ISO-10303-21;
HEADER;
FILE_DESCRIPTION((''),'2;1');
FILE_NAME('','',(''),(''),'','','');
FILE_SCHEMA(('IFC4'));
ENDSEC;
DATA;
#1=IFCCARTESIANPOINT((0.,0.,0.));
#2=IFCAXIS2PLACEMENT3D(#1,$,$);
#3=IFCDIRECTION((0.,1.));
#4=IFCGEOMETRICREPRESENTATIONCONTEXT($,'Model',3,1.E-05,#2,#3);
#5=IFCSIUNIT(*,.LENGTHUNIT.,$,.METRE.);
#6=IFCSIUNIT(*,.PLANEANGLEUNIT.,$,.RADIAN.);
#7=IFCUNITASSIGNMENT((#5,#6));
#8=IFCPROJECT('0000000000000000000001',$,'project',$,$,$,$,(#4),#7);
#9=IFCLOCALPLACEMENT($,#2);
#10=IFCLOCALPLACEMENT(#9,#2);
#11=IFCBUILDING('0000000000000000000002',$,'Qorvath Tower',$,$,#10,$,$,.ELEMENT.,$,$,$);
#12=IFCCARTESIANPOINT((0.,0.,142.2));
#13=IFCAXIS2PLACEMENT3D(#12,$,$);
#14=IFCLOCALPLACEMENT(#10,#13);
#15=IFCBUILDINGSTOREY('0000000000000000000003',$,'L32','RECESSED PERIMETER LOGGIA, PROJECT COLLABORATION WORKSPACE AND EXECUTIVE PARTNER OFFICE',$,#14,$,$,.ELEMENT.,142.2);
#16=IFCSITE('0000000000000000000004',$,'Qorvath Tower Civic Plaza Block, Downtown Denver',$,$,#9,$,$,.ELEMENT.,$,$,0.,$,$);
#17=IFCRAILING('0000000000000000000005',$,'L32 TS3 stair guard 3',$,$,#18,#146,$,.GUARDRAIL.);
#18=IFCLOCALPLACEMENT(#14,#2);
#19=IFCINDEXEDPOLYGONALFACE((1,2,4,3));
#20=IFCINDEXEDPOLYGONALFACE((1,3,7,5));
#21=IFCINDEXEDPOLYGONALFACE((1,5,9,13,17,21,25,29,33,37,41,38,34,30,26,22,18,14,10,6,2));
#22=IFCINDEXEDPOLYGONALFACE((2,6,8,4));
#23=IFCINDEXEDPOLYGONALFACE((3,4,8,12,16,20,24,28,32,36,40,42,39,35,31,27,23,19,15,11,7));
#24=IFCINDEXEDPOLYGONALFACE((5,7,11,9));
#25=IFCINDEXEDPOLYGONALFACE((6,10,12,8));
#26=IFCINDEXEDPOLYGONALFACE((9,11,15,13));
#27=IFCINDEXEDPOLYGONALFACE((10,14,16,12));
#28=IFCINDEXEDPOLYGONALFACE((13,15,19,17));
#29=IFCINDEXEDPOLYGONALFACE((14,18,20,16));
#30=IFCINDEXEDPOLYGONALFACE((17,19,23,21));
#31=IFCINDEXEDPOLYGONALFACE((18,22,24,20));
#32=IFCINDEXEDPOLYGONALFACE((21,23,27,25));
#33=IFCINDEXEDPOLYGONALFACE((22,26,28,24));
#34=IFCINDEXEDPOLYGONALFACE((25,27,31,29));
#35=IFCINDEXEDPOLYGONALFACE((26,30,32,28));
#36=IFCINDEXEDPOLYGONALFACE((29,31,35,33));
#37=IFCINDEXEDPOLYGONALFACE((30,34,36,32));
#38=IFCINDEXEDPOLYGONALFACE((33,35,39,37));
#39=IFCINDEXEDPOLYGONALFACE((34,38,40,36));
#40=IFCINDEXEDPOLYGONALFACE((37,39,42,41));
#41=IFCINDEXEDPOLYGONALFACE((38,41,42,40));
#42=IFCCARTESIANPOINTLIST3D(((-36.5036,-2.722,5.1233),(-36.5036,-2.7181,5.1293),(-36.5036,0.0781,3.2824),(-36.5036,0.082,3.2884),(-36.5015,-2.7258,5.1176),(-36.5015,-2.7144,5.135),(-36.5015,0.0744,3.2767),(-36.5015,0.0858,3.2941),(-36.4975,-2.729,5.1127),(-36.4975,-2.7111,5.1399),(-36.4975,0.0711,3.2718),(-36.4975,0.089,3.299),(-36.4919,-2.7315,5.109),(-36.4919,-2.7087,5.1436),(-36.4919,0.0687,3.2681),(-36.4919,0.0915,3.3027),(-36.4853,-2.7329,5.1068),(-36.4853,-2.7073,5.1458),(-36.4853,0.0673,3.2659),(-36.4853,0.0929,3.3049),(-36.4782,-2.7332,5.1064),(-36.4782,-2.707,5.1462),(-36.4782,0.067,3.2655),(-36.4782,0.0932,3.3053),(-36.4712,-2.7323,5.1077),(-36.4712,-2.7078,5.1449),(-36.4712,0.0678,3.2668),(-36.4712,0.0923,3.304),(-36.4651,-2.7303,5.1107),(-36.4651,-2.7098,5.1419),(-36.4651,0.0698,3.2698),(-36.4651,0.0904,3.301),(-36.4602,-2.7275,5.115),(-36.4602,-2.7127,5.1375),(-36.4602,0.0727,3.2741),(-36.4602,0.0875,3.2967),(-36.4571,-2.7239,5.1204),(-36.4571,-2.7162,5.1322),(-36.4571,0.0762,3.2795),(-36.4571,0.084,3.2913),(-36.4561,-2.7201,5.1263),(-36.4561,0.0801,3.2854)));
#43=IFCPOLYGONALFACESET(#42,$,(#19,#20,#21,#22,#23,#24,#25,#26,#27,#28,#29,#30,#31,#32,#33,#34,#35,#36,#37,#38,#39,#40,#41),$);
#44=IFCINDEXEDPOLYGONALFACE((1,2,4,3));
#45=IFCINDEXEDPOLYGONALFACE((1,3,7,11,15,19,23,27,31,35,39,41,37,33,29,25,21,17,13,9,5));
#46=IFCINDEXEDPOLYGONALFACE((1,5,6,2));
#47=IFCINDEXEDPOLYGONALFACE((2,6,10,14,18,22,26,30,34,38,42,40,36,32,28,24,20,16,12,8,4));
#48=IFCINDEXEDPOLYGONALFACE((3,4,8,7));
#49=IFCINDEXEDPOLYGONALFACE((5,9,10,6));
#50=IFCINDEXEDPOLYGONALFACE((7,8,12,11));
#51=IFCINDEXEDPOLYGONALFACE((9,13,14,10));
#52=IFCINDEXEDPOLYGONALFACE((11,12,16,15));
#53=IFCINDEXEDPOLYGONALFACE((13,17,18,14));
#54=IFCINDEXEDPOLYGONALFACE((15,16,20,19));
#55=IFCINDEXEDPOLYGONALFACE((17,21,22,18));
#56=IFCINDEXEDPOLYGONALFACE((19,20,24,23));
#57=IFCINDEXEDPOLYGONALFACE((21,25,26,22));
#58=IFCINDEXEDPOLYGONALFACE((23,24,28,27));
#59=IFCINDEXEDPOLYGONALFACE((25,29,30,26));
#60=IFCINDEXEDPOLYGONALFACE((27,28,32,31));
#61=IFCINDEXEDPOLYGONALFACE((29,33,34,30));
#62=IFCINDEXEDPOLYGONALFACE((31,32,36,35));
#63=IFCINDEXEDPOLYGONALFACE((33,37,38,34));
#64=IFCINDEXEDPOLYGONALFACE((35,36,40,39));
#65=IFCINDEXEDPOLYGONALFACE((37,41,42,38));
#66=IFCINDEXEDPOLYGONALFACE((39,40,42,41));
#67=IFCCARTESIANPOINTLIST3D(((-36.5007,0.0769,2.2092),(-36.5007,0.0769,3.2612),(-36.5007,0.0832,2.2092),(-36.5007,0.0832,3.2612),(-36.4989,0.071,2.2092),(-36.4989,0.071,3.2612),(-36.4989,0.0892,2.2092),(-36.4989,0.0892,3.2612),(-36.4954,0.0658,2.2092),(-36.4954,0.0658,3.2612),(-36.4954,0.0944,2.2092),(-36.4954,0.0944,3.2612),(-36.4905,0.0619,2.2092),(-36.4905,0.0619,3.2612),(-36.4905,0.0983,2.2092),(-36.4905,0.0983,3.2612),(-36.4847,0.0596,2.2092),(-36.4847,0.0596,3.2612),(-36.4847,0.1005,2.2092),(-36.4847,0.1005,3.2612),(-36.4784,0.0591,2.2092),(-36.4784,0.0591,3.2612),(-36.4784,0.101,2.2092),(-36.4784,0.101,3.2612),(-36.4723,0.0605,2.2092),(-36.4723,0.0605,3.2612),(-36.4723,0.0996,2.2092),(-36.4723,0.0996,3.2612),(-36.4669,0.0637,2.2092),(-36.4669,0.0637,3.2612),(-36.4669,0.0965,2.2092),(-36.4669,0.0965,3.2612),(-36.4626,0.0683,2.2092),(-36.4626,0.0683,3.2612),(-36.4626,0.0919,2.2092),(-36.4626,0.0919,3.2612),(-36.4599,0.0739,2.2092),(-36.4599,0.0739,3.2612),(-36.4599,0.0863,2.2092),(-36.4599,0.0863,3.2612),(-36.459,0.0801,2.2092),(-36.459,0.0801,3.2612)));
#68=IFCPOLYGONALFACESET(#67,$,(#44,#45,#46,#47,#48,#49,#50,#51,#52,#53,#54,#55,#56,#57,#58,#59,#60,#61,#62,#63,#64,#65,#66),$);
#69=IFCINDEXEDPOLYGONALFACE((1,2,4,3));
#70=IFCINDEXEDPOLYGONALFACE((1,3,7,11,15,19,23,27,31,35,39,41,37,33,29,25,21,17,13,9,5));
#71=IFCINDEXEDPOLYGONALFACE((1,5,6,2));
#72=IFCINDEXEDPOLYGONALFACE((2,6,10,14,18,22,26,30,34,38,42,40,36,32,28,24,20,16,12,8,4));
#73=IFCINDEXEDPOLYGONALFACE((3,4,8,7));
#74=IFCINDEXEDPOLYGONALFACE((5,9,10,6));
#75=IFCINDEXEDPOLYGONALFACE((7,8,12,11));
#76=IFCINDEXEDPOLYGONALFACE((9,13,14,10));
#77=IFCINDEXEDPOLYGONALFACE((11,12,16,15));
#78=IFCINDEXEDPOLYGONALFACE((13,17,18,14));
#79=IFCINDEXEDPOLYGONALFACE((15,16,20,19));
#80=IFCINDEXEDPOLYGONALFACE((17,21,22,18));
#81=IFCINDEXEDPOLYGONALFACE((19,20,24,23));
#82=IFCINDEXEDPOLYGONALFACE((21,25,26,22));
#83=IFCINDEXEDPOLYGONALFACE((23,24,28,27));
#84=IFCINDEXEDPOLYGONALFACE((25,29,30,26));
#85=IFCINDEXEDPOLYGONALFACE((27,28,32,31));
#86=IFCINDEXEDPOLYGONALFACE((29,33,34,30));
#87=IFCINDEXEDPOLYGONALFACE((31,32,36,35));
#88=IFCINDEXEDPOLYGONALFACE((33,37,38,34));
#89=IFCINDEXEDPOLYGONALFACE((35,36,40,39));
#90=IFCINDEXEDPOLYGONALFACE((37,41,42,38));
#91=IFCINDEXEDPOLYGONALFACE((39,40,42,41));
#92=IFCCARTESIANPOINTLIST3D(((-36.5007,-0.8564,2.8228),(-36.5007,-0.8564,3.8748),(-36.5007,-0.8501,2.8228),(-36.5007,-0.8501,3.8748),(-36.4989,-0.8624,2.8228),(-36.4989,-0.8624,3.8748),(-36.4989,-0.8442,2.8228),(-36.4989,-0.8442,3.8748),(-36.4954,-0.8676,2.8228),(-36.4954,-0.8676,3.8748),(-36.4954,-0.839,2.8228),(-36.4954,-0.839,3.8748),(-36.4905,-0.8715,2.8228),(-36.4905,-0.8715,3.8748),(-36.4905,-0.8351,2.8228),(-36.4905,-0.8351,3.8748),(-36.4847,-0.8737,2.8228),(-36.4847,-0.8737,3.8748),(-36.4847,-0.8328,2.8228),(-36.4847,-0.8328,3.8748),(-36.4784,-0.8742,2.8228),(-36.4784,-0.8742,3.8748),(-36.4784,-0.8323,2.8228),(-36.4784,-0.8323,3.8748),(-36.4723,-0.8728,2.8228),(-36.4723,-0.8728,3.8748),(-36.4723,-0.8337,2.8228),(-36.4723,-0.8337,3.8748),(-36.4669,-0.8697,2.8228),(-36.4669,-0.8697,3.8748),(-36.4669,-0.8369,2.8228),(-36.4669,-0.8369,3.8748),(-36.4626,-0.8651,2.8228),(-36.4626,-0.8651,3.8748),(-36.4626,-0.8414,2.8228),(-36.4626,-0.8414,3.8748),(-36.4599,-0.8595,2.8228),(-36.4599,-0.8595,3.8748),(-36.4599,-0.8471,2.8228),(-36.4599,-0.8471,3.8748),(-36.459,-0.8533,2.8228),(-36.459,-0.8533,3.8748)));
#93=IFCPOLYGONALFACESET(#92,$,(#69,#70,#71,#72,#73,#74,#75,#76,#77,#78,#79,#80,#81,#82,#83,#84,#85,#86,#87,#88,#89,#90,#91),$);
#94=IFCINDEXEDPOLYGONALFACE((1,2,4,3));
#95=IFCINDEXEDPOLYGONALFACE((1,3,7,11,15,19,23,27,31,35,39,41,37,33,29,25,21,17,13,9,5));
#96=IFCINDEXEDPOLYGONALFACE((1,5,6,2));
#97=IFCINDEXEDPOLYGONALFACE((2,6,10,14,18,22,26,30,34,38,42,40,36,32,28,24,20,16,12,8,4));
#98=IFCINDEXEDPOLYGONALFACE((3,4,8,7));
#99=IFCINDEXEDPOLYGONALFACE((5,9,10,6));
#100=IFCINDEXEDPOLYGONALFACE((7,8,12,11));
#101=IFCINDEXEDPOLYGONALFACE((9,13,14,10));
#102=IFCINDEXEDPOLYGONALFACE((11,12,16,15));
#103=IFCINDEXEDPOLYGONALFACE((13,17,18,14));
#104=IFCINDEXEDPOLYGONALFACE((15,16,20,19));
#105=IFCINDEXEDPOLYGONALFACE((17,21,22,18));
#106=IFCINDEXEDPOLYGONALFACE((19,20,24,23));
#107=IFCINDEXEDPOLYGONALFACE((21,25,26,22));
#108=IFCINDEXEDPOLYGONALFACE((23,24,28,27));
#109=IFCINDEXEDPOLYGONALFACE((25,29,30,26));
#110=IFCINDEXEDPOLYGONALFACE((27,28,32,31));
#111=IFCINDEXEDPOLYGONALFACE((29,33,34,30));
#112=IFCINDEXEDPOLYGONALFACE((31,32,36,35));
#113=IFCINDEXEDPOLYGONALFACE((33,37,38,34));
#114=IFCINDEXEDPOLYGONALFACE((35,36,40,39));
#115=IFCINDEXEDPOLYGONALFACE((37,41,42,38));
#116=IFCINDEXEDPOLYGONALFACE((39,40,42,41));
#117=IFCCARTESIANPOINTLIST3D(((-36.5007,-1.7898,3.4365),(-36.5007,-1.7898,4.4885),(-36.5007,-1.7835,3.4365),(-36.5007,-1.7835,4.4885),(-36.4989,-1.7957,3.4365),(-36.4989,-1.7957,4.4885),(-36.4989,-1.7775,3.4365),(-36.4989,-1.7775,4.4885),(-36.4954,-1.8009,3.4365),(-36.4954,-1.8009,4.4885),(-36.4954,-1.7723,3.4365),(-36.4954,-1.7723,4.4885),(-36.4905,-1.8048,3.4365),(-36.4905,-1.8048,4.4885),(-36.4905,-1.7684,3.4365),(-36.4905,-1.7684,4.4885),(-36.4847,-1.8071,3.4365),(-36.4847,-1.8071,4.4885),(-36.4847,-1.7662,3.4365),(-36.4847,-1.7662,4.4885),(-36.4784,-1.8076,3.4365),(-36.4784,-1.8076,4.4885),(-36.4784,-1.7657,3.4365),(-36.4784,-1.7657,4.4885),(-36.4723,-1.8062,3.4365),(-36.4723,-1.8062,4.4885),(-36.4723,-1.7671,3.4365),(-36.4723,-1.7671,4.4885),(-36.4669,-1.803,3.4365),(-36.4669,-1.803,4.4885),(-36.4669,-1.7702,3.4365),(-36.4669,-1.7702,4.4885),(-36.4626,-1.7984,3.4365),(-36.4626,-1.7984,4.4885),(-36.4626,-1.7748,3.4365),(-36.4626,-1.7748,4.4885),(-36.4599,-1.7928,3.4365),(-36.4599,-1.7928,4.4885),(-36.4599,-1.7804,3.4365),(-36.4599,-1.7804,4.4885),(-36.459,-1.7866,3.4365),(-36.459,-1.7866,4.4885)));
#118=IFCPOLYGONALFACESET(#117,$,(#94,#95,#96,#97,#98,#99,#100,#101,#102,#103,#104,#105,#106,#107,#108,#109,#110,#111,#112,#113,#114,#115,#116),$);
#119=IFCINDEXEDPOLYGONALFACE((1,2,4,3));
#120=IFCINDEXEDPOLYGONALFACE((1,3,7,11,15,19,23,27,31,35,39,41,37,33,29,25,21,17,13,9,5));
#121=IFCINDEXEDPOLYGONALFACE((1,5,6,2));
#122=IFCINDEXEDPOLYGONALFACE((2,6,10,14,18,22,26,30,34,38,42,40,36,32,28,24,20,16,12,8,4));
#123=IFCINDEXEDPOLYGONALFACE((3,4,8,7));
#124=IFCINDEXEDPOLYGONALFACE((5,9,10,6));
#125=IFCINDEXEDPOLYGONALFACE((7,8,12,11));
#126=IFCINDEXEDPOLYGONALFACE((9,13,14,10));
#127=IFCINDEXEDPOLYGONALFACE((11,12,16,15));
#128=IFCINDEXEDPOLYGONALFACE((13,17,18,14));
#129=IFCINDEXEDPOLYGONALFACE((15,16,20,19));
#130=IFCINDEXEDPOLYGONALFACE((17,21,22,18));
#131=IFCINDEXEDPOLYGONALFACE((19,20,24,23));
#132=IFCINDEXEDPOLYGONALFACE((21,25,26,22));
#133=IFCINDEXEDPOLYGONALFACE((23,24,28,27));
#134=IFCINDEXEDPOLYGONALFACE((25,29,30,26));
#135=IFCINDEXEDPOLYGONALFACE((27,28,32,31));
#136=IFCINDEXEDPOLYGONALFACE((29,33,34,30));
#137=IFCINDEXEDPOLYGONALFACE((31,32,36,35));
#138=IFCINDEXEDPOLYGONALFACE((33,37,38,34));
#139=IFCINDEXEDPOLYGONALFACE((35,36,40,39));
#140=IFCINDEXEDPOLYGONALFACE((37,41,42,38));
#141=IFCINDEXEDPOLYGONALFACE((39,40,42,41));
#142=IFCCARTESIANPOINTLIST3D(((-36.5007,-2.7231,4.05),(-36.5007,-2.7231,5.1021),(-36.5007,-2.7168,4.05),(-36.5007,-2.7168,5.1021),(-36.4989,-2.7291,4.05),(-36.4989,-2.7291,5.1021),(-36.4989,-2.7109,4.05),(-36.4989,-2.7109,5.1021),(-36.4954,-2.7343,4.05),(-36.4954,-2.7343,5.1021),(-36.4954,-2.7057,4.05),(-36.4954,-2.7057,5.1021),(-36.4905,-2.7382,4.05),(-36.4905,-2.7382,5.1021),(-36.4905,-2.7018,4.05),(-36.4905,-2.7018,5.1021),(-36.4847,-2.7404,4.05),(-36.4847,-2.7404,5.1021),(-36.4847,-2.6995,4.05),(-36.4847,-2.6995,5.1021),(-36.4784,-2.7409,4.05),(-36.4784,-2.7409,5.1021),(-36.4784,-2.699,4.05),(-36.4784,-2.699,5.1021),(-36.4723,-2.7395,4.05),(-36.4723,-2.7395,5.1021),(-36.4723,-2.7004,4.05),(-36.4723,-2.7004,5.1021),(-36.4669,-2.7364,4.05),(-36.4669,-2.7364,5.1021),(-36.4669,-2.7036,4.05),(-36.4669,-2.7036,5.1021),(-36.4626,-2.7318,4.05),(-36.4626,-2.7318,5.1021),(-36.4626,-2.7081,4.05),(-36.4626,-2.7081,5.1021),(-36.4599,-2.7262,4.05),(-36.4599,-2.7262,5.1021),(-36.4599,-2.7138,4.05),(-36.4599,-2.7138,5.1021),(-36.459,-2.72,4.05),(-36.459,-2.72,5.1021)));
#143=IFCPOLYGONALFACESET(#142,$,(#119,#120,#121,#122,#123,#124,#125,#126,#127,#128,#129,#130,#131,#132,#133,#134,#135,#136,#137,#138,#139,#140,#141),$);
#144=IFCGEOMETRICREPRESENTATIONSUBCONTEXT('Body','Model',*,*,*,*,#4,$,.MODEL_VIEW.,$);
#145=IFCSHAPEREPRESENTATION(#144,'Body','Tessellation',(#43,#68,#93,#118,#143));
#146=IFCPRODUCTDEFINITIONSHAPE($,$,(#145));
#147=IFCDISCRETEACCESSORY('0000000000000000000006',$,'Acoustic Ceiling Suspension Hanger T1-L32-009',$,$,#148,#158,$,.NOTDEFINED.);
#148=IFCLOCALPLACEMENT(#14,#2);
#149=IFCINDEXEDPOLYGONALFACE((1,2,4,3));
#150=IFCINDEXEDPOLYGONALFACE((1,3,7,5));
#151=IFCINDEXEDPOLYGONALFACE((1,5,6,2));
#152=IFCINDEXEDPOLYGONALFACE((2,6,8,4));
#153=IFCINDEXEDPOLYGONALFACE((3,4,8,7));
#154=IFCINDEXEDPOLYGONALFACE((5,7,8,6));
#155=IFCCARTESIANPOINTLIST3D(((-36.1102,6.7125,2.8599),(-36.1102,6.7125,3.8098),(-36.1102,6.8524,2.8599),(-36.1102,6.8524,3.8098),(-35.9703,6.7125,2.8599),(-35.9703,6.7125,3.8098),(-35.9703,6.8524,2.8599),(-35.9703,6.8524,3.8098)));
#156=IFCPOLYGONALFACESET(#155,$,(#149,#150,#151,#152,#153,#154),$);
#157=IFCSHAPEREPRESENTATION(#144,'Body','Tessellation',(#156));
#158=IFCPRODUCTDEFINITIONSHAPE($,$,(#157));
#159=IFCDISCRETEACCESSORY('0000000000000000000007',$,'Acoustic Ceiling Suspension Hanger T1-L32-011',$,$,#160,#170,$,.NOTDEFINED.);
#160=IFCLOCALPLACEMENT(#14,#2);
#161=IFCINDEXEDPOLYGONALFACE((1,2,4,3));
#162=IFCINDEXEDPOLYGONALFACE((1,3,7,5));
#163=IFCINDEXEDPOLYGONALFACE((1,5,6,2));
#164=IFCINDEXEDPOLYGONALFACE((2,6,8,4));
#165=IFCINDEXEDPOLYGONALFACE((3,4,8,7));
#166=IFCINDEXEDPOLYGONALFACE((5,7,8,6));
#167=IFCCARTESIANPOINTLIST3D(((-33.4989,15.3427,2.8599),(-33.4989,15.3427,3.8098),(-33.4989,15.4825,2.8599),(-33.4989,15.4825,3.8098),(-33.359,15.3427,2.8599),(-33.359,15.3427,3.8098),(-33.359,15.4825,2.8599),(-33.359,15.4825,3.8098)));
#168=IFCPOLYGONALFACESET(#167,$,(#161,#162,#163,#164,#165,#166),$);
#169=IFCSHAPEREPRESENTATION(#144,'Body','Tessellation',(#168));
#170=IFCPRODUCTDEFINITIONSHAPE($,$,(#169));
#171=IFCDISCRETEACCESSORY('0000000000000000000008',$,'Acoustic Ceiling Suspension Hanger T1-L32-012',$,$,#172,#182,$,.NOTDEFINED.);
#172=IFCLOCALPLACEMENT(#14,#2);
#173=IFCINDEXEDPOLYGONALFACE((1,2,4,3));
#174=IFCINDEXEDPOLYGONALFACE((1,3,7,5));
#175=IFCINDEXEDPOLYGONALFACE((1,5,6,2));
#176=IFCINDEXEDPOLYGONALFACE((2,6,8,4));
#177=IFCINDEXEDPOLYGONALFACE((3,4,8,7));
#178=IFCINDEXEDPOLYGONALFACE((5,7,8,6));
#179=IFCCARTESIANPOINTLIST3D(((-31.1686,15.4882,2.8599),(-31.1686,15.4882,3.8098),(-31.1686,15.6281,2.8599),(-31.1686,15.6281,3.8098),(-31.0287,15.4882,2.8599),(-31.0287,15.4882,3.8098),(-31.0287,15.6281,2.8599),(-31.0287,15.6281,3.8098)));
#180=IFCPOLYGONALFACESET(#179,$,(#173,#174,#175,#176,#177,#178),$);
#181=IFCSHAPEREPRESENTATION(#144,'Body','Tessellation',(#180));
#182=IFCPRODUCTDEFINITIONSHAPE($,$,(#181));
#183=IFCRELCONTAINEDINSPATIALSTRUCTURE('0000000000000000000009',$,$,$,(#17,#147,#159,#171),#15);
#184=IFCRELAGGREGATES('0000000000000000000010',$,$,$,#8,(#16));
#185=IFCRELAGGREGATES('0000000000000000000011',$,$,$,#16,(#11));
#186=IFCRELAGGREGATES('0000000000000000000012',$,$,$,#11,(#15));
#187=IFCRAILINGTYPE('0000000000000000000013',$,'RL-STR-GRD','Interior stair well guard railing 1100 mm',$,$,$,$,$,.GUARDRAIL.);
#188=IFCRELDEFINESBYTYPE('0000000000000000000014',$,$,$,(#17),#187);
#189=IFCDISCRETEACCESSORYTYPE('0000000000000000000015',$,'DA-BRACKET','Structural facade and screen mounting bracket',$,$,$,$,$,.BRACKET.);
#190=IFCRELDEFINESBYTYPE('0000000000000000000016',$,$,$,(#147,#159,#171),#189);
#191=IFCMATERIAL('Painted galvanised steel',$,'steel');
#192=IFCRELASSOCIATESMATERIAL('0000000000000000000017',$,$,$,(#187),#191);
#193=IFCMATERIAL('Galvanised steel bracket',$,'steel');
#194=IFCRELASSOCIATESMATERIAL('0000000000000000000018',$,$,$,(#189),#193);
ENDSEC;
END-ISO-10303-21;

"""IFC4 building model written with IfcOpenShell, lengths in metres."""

from ifc_helpers import new_model, si_unit, direction, frame, origin, origin_2d, place, context, subcontext, project, spatial, rectangle, circle, extrude, material, type_object, element, save


model = new_model("IFC4")

# Units and contexts
model_context = context("Model", 3, precision=1e-05, world=origin(), true_north=direction((0.0, 1.0)))
body_context = subcontext(model_context, "Body", "Model", "MODEL_VIEW")
ifc_project = project(units=[si_unit("LENGTHUNIT", "METRE"), si_unit("PLANEANGLEUNIT", "RADIAN")], contexts=[model_context])

# Site, building, storey
site_placement = place(None, origin())
site = spatial("IfcSite", under=ifc_project, at=site_placement, Name="Qorvath Tower Civic Plaza Block, Downtown Denver", CompositionType="ELEMENT", RefElevation=0.0)
building_placement = place(site_placement, origin())
building = spatial("IfcBuilding", under=site, at=building_placement, Name="Qorvath Tower", CompositionType="ELEMENT")
storey_placement = place(building_placement, frame((0.0, 0.0, 142.2)))
storey = spatial("IfcBuildingStorey", under=building, at=storey_placement, Name="L32", Description="RECESSED PERIMETER LOGGIA, PROJECT COLLABORATION WORKSPACE AND EXECUTIVE PARTNER OFFICE", CompositionType="ELEMENT", Elevation=142.2)

# Railing
ifc_material_1 = material(Name="Painted galvanised steel", Category="steel")
railing_type = type_object("IfcRailingType", Name="RL-STR-GRD", Description="Interior stair well guard railing 1100 mm", PredefinedType="GUARDRAIL", material=ifc_material_1)
railing_1_placement = place(storey_placement, frame((-36.48, 0.0801, 2.2092)))
element("IfcRailing", 1, at=railing_1_placement, inside=storey, type_object=railing_type, Name="L32 TS3 stair guard 3", PredefinedType="GUARDRAIL", context=body_context, shape_type="SweptSolid", body=[
    extrude(circle(Radius=0.0239, at=origin_2d()), frame((0.0, 0.0, 1.0762), z_axis=(0.0, -0.835598, 0.549342), x_axis=(1.0, 0.0, 0.0)), (0.0, 0.0, 1.0), 3.3511),
    extrude(circle(Radius=0.021, at=origin_2d()), origin(), (0.0, 0.0, 1.0), 1.052),
    extrude(circle(Radius=0.021, at=origin_2d()), frame((0.0, -0.9333, 0.6135)), (0.0, 0.0, 1.0), 1.052),
    extrude(circle(Radius=0.021, at=origin_2d()), frame((0.0, -1.8667, 1.2273)), (0.0, 0.0, 1.0), 1.052),
    extrude(circle(Radius=0.021, at=origin_2d()), frame((0.0, -2.8, 1.8408)), (0.0, 0.0, 1.0), 1.052),
])

# Discrete accessories
ifc_material_2 = material(Name="Galvanised steel bracket", Category="steel")
discrete_accessory_type = type_object("IfcDiscreteAccessoryType", Name="DA-BRACKET", Description="Structural facade and screen mounting bracket", PredefinedType="BRACKET", material=ifc_material_2)
for number, where, z_axis, x_axis, name in (
    (2, (-36.0403, 6.7825, 2.8599), (0.0, 0.0, 1.0), (1.0, 0.0, 0.0), "Acoustic Ceiling Suspension Hanger T1-L32-009"),
    (3, (-33.429, 15.4126, 2.8599), (0.0, 0.0, 1.0), (1.0, 0.0, 0.0), "Acoustic Ceiling Suspension Hanger T1-L32-011"),
    (4, (-31.0986, 15.5581, 2.8599), (0.0, 0.0, 1.0), (1.0, 0.0, 0.0), "Acoustic Ceiling Suspension Hanger T1-L32-012"),
):
    element("IfcDiscreteAccessory", number, at=place(storey_placement, frame(where, z_axis=z_axis, x_axis=x_axis)), inside=storey, type_object=discrete_accessory_type, Name=name, PredefinedType="NOTDEFINED", context=body_context, shape_type="SweptSolid", body=[
        extrude(rectangle(XDim=0.1399, YDim=0.1399, at=origin_2d()), origin(), (0.0, 0.0, 1.0), 0.95),
    ])

save(model, "model.ifc")
